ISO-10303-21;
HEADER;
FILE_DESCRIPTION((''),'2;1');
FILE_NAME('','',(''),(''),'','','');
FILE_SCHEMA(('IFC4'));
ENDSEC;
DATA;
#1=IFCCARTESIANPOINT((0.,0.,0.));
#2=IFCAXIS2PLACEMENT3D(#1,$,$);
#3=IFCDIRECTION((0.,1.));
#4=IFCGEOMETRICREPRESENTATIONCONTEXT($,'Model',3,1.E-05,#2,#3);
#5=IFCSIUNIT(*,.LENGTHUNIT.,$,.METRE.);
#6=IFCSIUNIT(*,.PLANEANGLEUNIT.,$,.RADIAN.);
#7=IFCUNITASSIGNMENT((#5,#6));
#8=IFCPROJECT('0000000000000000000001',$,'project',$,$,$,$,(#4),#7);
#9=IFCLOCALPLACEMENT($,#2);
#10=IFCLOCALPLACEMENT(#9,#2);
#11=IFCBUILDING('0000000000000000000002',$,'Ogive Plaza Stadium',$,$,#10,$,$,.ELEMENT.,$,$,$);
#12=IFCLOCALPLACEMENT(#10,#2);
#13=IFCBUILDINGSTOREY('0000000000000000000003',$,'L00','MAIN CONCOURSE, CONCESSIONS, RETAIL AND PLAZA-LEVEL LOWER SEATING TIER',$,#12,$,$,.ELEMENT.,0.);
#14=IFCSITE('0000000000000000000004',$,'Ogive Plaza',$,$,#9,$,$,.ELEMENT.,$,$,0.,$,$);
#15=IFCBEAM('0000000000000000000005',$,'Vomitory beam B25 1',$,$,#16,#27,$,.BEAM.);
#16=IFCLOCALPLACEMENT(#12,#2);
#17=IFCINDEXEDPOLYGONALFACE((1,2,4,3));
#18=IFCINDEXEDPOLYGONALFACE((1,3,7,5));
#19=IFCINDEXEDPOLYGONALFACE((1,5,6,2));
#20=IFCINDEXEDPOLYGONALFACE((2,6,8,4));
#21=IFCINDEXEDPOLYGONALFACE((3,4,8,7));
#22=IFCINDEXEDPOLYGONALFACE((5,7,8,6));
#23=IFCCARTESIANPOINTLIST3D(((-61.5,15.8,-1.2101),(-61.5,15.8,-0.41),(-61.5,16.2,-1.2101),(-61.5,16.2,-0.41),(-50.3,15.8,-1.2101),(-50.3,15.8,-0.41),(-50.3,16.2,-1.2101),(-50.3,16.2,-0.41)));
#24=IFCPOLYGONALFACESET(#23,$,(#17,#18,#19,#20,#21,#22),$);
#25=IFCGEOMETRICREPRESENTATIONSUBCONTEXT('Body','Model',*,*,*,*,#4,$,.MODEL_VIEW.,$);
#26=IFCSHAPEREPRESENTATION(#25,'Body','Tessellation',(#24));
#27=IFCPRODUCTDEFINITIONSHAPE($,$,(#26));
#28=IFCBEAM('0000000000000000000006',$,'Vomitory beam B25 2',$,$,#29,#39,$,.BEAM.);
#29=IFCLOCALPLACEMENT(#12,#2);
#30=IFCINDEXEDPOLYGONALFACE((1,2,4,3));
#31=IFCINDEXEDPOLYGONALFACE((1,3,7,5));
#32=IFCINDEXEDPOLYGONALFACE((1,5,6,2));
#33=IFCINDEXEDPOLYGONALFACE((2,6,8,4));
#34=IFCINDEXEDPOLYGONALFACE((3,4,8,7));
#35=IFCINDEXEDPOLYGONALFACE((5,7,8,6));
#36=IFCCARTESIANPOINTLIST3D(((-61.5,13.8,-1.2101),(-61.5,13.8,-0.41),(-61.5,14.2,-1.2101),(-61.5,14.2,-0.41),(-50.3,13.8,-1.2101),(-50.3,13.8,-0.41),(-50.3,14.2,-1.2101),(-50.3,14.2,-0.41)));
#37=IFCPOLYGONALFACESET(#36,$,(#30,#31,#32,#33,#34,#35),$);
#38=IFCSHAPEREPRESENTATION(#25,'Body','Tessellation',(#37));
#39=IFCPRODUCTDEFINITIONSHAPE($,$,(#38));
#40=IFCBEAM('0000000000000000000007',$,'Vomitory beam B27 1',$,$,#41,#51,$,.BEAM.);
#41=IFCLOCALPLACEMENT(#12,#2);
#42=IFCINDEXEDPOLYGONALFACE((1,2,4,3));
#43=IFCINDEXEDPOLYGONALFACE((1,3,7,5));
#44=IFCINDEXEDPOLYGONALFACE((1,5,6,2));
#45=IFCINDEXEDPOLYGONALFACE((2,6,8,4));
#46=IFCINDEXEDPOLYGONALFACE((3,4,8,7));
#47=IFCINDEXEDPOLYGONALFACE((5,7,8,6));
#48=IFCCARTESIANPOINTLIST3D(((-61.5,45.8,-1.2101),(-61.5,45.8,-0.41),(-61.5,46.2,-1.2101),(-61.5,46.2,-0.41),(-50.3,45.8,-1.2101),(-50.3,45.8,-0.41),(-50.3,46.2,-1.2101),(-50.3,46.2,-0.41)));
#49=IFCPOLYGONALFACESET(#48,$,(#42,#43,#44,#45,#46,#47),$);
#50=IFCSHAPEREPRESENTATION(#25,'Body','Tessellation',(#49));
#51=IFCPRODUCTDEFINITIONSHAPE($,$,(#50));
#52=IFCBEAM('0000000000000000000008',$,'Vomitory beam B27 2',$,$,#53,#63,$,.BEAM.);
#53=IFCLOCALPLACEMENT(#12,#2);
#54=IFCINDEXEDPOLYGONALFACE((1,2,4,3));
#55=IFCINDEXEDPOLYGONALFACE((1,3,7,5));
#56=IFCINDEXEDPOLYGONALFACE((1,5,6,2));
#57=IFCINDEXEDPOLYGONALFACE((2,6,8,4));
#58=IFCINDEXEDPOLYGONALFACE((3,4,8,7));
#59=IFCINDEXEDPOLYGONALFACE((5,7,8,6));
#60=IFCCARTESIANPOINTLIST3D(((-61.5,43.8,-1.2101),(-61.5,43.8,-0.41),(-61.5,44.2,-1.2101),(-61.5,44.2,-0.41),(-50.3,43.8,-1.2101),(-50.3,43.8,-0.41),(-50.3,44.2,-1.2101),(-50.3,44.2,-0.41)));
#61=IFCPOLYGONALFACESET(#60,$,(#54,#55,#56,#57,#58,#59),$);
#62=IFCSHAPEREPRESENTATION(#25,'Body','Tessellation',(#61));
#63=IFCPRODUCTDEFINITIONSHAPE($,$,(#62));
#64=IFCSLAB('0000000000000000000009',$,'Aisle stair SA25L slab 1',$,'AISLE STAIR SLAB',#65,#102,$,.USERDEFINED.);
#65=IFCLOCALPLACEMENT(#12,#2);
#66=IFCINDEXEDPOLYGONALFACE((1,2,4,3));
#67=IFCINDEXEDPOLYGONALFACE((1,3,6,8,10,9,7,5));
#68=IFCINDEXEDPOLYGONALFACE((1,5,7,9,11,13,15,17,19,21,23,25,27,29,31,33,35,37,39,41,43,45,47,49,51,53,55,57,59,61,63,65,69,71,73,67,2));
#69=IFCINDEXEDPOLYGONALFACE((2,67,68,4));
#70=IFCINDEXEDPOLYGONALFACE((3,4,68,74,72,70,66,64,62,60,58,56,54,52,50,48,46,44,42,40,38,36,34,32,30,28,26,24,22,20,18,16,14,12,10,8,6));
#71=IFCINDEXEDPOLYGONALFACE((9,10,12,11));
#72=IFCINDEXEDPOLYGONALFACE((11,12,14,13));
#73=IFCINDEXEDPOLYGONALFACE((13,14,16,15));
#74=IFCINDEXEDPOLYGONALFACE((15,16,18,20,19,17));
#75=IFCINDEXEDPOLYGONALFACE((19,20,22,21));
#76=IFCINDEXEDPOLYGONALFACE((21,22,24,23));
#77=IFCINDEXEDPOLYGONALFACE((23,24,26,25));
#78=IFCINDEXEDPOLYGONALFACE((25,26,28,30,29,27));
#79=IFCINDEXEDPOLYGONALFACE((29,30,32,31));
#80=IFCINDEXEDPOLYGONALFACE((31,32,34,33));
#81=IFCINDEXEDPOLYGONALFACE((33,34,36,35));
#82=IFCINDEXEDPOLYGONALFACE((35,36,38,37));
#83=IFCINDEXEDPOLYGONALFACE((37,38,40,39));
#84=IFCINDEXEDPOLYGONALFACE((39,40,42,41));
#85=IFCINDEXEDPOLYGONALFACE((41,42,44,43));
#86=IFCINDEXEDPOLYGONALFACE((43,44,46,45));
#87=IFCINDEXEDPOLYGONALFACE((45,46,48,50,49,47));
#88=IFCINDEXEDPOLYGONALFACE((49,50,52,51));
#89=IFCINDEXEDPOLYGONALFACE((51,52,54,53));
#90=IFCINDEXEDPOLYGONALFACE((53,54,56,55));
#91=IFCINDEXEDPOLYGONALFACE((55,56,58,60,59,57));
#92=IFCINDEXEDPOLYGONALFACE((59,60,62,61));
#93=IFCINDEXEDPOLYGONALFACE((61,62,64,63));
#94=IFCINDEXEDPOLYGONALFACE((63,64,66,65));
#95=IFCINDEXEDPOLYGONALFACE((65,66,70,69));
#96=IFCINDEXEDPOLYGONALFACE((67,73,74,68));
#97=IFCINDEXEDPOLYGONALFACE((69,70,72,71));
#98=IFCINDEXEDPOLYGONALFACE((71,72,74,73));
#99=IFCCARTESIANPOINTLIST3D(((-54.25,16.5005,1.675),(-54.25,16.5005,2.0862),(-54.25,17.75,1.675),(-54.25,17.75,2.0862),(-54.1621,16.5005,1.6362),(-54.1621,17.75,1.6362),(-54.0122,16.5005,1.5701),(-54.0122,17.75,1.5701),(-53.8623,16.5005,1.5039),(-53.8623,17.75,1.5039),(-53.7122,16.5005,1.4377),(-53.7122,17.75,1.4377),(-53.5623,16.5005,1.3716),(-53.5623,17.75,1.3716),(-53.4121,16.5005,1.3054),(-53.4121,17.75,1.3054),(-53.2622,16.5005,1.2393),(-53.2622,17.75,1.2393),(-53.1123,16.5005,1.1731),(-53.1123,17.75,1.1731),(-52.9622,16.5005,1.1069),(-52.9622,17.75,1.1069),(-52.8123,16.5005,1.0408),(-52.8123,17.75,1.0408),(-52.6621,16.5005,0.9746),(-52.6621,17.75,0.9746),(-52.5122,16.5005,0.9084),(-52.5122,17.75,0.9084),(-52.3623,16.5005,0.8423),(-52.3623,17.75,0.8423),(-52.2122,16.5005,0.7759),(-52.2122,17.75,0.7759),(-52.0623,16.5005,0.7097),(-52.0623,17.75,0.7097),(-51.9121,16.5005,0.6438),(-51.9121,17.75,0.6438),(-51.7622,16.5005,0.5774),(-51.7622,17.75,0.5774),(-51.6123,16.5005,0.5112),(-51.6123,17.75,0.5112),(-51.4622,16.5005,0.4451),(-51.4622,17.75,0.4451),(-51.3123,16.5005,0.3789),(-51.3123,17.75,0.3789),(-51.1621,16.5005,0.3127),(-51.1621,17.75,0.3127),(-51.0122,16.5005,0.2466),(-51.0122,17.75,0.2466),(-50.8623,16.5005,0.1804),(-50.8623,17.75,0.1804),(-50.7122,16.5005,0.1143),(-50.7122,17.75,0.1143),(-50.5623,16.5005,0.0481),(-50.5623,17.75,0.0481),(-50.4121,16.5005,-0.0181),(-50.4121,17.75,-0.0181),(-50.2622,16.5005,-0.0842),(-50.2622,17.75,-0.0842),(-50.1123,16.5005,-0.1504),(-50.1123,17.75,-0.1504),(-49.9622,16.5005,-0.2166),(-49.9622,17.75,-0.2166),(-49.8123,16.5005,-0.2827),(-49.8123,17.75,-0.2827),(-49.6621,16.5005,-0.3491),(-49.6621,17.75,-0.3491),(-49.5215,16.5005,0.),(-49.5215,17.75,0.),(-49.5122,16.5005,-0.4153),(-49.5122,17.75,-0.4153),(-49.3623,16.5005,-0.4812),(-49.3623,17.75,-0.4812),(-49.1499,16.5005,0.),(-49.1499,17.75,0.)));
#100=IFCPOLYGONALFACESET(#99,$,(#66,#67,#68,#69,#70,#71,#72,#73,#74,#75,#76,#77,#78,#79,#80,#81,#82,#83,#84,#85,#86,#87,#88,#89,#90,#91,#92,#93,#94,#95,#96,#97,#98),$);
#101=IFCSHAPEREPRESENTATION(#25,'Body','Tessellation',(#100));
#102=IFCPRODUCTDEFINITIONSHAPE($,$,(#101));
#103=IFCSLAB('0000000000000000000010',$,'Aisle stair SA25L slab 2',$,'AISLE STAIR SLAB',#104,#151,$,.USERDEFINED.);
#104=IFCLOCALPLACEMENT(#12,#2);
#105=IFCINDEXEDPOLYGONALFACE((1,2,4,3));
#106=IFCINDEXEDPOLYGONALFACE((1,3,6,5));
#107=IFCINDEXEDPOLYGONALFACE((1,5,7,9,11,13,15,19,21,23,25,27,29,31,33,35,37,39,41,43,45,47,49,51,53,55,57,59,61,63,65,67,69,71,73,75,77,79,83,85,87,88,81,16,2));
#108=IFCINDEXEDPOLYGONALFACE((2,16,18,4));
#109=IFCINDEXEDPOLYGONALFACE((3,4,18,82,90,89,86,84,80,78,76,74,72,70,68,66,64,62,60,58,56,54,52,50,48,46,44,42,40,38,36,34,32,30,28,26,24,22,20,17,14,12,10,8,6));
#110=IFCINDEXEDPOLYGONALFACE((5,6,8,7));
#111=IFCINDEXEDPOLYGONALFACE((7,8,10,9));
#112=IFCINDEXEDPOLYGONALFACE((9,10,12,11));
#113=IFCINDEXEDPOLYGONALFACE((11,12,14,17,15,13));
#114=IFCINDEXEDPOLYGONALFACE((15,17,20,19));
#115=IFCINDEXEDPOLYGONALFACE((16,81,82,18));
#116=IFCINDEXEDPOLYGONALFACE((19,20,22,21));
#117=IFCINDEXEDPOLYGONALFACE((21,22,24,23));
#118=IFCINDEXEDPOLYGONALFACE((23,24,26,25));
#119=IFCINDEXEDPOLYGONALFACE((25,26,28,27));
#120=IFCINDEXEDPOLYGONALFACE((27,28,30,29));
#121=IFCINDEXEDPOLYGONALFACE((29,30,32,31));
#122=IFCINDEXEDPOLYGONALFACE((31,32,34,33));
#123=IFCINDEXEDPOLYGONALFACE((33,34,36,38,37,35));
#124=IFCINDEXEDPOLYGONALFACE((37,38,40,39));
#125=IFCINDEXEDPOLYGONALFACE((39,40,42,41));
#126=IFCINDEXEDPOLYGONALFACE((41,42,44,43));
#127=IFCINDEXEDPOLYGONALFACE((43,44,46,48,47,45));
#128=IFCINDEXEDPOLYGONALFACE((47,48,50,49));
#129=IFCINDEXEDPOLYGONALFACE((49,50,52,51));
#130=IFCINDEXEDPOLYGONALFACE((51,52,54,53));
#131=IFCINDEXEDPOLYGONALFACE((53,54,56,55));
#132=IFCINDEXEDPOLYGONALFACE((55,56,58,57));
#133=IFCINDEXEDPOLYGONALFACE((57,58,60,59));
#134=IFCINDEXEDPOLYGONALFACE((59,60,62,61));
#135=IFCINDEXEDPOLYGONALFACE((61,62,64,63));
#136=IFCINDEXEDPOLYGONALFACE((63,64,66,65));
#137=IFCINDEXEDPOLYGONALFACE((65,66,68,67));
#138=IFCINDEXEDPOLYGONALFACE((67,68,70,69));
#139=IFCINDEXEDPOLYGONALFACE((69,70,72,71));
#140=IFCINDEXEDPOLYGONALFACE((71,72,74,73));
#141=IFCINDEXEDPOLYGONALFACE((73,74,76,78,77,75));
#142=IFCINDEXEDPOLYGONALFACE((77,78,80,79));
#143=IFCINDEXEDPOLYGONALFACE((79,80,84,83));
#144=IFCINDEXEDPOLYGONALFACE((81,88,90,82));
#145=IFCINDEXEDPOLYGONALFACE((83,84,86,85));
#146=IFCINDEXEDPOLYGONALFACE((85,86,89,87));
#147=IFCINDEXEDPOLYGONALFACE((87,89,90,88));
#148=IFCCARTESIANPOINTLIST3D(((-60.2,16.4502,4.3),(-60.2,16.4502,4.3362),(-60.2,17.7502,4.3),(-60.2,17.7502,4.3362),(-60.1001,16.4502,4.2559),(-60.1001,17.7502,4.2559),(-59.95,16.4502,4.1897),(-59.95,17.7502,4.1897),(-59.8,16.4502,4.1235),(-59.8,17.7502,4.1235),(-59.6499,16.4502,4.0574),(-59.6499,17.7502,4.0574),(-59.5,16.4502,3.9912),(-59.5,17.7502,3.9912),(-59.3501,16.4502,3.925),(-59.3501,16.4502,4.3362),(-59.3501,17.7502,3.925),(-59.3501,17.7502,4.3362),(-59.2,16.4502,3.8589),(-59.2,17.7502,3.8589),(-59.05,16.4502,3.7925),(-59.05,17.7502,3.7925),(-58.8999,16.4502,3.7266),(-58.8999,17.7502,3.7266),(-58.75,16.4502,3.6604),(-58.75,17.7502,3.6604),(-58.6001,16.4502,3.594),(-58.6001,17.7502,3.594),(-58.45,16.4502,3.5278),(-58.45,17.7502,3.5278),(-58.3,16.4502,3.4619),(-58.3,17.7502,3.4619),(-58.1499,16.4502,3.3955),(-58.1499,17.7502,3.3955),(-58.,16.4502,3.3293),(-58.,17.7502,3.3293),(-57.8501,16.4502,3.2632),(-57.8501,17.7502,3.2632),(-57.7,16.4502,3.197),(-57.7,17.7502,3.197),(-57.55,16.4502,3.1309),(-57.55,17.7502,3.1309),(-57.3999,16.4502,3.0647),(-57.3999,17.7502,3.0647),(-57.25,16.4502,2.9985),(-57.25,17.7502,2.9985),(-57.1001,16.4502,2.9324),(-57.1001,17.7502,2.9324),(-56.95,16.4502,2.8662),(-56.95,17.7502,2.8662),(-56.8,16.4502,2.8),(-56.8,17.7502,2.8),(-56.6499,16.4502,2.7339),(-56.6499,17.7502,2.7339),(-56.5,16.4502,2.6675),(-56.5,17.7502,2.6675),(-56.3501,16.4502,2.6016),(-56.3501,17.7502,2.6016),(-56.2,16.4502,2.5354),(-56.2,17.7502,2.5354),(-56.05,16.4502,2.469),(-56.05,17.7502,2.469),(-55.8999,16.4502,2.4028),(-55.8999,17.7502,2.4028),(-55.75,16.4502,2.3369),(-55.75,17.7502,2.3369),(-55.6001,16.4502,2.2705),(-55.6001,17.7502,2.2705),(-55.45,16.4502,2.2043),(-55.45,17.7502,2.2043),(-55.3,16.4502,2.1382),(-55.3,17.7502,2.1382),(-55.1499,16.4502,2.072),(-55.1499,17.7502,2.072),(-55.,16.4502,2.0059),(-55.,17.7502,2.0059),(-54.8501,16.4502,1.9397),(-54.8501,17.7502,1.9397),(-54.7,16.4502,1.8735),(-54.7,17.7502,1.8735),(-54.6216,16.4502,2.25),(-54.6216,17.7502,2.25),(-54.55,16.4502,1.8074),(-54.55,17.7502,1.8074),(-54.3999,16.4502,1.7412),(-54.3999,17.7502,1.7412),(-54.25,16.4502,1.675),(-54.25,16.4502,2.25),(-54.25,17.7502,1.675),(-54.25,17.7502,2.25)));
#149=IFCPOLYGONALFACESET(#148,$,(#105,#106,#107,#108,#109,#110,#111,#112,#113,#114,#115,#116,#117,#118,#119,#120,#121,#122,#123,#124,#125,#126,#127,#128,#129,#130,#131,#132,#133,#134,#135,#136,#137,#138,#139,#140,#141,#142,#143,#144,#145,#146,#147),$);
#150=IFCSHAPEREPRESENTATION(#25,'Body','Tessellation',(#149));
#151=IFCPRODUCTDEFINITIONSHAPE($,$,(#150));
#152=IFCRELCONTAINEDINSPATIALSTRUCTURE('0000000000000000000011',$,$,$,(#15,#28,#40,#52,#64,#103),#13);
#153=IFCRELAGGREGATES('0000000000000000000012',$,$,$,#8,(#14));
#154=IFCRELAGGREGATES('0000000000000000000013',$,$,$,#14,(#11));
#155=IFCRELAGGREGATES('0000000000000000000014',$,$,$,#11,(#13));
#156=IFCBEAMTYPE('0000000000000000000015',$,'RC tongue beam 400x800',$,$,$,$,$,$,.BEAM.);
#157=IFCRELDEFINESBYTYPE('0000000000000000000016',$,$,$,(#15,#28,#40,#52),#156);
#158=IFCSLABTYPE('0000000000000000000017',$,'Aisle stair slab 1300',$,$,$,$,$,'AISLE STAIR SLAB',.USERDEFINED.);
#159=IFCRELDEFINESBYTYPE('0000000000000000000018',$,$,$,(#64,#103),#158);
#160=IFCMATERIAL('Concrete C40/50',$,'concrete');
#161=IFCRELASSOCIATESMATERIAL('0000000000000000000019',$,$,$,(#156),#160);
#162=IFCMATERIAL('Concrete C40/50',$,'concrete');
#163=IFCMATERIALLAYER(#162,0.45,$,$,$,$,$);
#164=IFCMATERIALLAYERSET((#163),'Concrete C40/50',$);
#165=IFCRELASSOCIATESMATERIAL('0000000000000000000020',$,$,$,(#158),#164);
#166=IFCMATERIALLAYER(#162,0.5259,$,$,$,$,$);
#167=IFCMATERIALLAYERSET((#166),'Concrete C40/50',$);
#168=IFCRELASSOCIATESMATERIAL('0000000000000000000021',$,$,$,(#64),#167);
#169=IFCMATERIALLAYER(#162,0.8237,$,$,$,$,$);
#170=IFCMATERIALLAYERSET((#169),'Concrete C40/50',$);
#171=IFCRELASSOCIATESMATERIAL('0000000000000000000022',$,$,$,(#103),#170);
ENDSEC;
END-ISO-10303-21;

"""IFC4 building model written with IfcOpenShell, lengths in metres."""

from ifc_helpers import new_model, si_unit, direction, frame, origin, origin_2d, place, context, subcontext, project, spatial, polyline, rectangle, outline, extrude, material, layer, layer_set, material_profile, profile_set, type_object, element, save


model = new_model("IFC4")

# Units and contexts
model_context = context("Model", 3, precision=1e-05, world=origin(), true_north=direction((0.0, 1.0)))
body_context = subcontext(model_context, "Body", "Model", "MODEL_VIEW")
ifc_project = project(units=[si_unit("LENGTHUNIT", "METRE"), si_unit("PLANEANGLEUNIT", "RADIAN")], contexts=[model_context])

# Site, building, storey
site_placement = place(None, origin())
site = spatial("IfcSite", under=ifc_project, at=site_placement, Name="Ogive Plaza", CompositionType="ELEMENT", RefElevation=0.0)
building_placement = place(site_placement, origin())
building = spatial("IfcBuilding", under=site, at=building_placement, Name="Ogive Plaza Stadium", CompositionType="ELEMENT")
storey_placement = place(building_placement, origin())
storey = spatial("IfcBuildingStorey", under=building, at=storey_placement, Name="L00", Description="MAIN CONCOURSE, CONCESSIONS, RETAIL AND PLAZA-LEVEL LOWER SEATING TIER", CompositionType="ELEMENT", Elevation=0.0)

# Beams
ifc_material_1 = material(Name="Concrete C40/50", Category="concrete")
ifc_material_profile = material_profile(ifc_material_1, rectangle(XDim=0.3999, YDim=0.8, at=origin_2d()), Name="RC 400x800")
ifc_profile_set = profile_set([ifc_material_profile], Name="Concrete C40/50")
beam_type = type_object("IfcBeamType", Name="RC tongue beam 400x800", PredefinedType="BEAM", material=ifc_profile_set)
for number, where, z_axis, x_axis, name in (
    (1, (-50.3, 16.0, -0.8101), (-1.0, 0.0, 0.0), (0.0, -1.0, 0.0), "Vomitory beam B25 1"),
    (2, (-50.3, 14.0, -0.8101), (-1.0, 0.0, 0.0), (0.0, -1.0, 0.0), "Vomitory beam B25 2"),
    (3, (-50.3, 46.0, -0.8101), (-1.0, 0.0, 0.0), (0.0, -1.0, 0.0), "Vomitory beam B27 1"),
    (4, (-50.3, 44.0, -0.8101), (-1.0, 0.0, 0.0), (0.0, -1.0, 0.0), "Vomitory beam B27 2"),
):
    element("IfcBeam", number, at=place(storey_placement, frame(where, z_axis=z_axis, x_axis=x_axis)), inside=storey, type_object=beam_type, Name=name, PredefinedType="BEAM", context=body_context, shape_type="SweptSolid", body=[
        extrude(rectangle(XDim=0.3999, YDim=0.8, at=origin_2d()), origin(), (0.0, 0.0, 1.0), 11.2),
    ])

# Slabs
ifc_material_2 = material(Name="Concrete C40/50", Category="concrete")
ifc_layer_1 = layer(ifc_material_2, 0.5259)
ifc_layer_set_1 = layer_set([ifc_layer_1], Name="Concrete C40/50")
ifc_layer_2 = layer(ifc_material_2, 0.45)
ifc_layer_set_2 = layer_set([ifc_layer_2], Name="Concrete C40/50")
slab_type_1 = type_object("IfcSlabType", Name="Aisle stair slab 1300", ElementType="AISLE STAIR SLAB", PredefinedType="USERDEFINED", material=ifc_layer_set_2)
slab_1_placement = place(storey_placement, frame((-49.1499, 17.1252, 0.0), z_axis=(0.0, 0.0, 1.0), x_axis=(-1.0, 0.0, 0.0)))
element("IfcSlab", 5, at=slab_1_placement, inside=storey, type_object=slab_type_1, material=ifc_layer_set_1, Name="Aisle stair SA25L slab 1", ObjectType="AISLE STAIR SLAB", PredefinedType="USERDEFINED", context=body_context, shape_type="SweptSolid", body=[
    extrude(outline(polyline([(0.0, 0.0), (0.3716, 0.0), (5.1001, 2.0862), (5.1001, 1.675), (5.0122, 1.6362), (4.8623, 1.5701), (4.7124, 1.5039), (4.5623, 1.4377), (4.4124, 1.3716), (4.2622, 1.3054), (4.1123, 1.2393), (3.9624, 1.1731), (3.8123, 1.1069), (3.6624, 1.0408), (3.5122, 0.9746), (3.3623, 0.9084), (3.2124, 0.8423), (3.0623, 0.7759), (2.9124, 0.7097), (2.7622, 0.6438), (2.6123, 0.5774), (2.4624, 0.5112), (2.3123, 0.4451), (2.1624, 0.3789), (2.0122, 0.3127), (1.8623, 0.2466), (1.7124, 0.1804), (1.5623, 0.1143), (1.4124, 0.0481), (1.2622, -0.0181), (1.1123, -0.0842), (0.9624, -0.1504), (0.8123, -0.2166), (0.6624, -0.2827), (0.5122, -0.3491), (0.3623, -0.4153), (0.2124, -0.4812), (0.0, 0.0)])), frame((0.0, 0.6248, 0.0), z_axis=(0.0, -1.0, 0.0), x_axis=(1.0, 0.0, 0.0)), (0.0, 0.0, 1.0), 1.2495),
])
ifc_layer_3 = layer(ifc_material_2, 0.8237)
ifc_layer_set_3 = layer_set([ifc_layer_3], Name="Concrete C40/50")
slab_2_placement = place(storey_placement, frame((-54.25, 17.1001, 0.0), z_axis=(0.0, 0.0, 1.0), x_axis=(-1.0, 0.0, 0.0)))
element("IfcSlab", 6, at=slab_2_placement, inside=storey, type_object=slab_type_1, material=ifc_layer_set_3, Name="Aisle stair SA25L slab 2", ObjectType="AISLE STAIR SLAB", PredefinedType="USERDEFINED", context=body_context, shape_type="SweptSolid", body=[
    extrude(outline(polyline([(0.0, 2.25), (0.3716, 2.25), (5.1001, 4.3362), (5.95, 4.3362), (5.95, 4.3), (5.8501, 4.2559), (5.7, 4.1897), (5.55, 4.1235), (5.3999, 4.0574), (5.25, 3.9912), (5.1001, 3.925), (4.95, 3.8589), (4.8, 3.7925), (4.6499, 3.7266), (4.5, 3.6604), (4.3501, 3.594), (4.2, 3.5278), (4.05, 3.4619), (3.8999, 3.3955), (3.75, 3.3293), (3.6001, 3.2632), (3.45, 3.197), (3.3, 3.1309), (3.1499, 3.0647), (3.0, 2.9985), (2.8501, 2.9324), (2.7, 2.8662), (2.55, 2.8), (2.3999, 2.7339), (2.25, 2.6675), (2.1001, 2.6016), (1.95, 2.5354), (1.8, 2.469), (1.6499, 2.4028), (1.5, 2.3369), (1.3501, 2.2705), (1.2, 2.2043), (1.05, 2.1382), (0.8999, 2.072), (0.75, 2.0059), (0.6001, 1.9397), (0.45, 1.8735), (0.3, 1.8074), (0.1499, 1.7412), (0.0, 1.675), (0.0, 2.25)])), frame((0.0, 0.6499, 0.0), z_axis=(0.0, -1.0, 0.0), x_axis=(1.0, 0.0, 0.0)), (0.0, 0.0, 1.0), 1.3),
])

save(model, "model.ifc")
